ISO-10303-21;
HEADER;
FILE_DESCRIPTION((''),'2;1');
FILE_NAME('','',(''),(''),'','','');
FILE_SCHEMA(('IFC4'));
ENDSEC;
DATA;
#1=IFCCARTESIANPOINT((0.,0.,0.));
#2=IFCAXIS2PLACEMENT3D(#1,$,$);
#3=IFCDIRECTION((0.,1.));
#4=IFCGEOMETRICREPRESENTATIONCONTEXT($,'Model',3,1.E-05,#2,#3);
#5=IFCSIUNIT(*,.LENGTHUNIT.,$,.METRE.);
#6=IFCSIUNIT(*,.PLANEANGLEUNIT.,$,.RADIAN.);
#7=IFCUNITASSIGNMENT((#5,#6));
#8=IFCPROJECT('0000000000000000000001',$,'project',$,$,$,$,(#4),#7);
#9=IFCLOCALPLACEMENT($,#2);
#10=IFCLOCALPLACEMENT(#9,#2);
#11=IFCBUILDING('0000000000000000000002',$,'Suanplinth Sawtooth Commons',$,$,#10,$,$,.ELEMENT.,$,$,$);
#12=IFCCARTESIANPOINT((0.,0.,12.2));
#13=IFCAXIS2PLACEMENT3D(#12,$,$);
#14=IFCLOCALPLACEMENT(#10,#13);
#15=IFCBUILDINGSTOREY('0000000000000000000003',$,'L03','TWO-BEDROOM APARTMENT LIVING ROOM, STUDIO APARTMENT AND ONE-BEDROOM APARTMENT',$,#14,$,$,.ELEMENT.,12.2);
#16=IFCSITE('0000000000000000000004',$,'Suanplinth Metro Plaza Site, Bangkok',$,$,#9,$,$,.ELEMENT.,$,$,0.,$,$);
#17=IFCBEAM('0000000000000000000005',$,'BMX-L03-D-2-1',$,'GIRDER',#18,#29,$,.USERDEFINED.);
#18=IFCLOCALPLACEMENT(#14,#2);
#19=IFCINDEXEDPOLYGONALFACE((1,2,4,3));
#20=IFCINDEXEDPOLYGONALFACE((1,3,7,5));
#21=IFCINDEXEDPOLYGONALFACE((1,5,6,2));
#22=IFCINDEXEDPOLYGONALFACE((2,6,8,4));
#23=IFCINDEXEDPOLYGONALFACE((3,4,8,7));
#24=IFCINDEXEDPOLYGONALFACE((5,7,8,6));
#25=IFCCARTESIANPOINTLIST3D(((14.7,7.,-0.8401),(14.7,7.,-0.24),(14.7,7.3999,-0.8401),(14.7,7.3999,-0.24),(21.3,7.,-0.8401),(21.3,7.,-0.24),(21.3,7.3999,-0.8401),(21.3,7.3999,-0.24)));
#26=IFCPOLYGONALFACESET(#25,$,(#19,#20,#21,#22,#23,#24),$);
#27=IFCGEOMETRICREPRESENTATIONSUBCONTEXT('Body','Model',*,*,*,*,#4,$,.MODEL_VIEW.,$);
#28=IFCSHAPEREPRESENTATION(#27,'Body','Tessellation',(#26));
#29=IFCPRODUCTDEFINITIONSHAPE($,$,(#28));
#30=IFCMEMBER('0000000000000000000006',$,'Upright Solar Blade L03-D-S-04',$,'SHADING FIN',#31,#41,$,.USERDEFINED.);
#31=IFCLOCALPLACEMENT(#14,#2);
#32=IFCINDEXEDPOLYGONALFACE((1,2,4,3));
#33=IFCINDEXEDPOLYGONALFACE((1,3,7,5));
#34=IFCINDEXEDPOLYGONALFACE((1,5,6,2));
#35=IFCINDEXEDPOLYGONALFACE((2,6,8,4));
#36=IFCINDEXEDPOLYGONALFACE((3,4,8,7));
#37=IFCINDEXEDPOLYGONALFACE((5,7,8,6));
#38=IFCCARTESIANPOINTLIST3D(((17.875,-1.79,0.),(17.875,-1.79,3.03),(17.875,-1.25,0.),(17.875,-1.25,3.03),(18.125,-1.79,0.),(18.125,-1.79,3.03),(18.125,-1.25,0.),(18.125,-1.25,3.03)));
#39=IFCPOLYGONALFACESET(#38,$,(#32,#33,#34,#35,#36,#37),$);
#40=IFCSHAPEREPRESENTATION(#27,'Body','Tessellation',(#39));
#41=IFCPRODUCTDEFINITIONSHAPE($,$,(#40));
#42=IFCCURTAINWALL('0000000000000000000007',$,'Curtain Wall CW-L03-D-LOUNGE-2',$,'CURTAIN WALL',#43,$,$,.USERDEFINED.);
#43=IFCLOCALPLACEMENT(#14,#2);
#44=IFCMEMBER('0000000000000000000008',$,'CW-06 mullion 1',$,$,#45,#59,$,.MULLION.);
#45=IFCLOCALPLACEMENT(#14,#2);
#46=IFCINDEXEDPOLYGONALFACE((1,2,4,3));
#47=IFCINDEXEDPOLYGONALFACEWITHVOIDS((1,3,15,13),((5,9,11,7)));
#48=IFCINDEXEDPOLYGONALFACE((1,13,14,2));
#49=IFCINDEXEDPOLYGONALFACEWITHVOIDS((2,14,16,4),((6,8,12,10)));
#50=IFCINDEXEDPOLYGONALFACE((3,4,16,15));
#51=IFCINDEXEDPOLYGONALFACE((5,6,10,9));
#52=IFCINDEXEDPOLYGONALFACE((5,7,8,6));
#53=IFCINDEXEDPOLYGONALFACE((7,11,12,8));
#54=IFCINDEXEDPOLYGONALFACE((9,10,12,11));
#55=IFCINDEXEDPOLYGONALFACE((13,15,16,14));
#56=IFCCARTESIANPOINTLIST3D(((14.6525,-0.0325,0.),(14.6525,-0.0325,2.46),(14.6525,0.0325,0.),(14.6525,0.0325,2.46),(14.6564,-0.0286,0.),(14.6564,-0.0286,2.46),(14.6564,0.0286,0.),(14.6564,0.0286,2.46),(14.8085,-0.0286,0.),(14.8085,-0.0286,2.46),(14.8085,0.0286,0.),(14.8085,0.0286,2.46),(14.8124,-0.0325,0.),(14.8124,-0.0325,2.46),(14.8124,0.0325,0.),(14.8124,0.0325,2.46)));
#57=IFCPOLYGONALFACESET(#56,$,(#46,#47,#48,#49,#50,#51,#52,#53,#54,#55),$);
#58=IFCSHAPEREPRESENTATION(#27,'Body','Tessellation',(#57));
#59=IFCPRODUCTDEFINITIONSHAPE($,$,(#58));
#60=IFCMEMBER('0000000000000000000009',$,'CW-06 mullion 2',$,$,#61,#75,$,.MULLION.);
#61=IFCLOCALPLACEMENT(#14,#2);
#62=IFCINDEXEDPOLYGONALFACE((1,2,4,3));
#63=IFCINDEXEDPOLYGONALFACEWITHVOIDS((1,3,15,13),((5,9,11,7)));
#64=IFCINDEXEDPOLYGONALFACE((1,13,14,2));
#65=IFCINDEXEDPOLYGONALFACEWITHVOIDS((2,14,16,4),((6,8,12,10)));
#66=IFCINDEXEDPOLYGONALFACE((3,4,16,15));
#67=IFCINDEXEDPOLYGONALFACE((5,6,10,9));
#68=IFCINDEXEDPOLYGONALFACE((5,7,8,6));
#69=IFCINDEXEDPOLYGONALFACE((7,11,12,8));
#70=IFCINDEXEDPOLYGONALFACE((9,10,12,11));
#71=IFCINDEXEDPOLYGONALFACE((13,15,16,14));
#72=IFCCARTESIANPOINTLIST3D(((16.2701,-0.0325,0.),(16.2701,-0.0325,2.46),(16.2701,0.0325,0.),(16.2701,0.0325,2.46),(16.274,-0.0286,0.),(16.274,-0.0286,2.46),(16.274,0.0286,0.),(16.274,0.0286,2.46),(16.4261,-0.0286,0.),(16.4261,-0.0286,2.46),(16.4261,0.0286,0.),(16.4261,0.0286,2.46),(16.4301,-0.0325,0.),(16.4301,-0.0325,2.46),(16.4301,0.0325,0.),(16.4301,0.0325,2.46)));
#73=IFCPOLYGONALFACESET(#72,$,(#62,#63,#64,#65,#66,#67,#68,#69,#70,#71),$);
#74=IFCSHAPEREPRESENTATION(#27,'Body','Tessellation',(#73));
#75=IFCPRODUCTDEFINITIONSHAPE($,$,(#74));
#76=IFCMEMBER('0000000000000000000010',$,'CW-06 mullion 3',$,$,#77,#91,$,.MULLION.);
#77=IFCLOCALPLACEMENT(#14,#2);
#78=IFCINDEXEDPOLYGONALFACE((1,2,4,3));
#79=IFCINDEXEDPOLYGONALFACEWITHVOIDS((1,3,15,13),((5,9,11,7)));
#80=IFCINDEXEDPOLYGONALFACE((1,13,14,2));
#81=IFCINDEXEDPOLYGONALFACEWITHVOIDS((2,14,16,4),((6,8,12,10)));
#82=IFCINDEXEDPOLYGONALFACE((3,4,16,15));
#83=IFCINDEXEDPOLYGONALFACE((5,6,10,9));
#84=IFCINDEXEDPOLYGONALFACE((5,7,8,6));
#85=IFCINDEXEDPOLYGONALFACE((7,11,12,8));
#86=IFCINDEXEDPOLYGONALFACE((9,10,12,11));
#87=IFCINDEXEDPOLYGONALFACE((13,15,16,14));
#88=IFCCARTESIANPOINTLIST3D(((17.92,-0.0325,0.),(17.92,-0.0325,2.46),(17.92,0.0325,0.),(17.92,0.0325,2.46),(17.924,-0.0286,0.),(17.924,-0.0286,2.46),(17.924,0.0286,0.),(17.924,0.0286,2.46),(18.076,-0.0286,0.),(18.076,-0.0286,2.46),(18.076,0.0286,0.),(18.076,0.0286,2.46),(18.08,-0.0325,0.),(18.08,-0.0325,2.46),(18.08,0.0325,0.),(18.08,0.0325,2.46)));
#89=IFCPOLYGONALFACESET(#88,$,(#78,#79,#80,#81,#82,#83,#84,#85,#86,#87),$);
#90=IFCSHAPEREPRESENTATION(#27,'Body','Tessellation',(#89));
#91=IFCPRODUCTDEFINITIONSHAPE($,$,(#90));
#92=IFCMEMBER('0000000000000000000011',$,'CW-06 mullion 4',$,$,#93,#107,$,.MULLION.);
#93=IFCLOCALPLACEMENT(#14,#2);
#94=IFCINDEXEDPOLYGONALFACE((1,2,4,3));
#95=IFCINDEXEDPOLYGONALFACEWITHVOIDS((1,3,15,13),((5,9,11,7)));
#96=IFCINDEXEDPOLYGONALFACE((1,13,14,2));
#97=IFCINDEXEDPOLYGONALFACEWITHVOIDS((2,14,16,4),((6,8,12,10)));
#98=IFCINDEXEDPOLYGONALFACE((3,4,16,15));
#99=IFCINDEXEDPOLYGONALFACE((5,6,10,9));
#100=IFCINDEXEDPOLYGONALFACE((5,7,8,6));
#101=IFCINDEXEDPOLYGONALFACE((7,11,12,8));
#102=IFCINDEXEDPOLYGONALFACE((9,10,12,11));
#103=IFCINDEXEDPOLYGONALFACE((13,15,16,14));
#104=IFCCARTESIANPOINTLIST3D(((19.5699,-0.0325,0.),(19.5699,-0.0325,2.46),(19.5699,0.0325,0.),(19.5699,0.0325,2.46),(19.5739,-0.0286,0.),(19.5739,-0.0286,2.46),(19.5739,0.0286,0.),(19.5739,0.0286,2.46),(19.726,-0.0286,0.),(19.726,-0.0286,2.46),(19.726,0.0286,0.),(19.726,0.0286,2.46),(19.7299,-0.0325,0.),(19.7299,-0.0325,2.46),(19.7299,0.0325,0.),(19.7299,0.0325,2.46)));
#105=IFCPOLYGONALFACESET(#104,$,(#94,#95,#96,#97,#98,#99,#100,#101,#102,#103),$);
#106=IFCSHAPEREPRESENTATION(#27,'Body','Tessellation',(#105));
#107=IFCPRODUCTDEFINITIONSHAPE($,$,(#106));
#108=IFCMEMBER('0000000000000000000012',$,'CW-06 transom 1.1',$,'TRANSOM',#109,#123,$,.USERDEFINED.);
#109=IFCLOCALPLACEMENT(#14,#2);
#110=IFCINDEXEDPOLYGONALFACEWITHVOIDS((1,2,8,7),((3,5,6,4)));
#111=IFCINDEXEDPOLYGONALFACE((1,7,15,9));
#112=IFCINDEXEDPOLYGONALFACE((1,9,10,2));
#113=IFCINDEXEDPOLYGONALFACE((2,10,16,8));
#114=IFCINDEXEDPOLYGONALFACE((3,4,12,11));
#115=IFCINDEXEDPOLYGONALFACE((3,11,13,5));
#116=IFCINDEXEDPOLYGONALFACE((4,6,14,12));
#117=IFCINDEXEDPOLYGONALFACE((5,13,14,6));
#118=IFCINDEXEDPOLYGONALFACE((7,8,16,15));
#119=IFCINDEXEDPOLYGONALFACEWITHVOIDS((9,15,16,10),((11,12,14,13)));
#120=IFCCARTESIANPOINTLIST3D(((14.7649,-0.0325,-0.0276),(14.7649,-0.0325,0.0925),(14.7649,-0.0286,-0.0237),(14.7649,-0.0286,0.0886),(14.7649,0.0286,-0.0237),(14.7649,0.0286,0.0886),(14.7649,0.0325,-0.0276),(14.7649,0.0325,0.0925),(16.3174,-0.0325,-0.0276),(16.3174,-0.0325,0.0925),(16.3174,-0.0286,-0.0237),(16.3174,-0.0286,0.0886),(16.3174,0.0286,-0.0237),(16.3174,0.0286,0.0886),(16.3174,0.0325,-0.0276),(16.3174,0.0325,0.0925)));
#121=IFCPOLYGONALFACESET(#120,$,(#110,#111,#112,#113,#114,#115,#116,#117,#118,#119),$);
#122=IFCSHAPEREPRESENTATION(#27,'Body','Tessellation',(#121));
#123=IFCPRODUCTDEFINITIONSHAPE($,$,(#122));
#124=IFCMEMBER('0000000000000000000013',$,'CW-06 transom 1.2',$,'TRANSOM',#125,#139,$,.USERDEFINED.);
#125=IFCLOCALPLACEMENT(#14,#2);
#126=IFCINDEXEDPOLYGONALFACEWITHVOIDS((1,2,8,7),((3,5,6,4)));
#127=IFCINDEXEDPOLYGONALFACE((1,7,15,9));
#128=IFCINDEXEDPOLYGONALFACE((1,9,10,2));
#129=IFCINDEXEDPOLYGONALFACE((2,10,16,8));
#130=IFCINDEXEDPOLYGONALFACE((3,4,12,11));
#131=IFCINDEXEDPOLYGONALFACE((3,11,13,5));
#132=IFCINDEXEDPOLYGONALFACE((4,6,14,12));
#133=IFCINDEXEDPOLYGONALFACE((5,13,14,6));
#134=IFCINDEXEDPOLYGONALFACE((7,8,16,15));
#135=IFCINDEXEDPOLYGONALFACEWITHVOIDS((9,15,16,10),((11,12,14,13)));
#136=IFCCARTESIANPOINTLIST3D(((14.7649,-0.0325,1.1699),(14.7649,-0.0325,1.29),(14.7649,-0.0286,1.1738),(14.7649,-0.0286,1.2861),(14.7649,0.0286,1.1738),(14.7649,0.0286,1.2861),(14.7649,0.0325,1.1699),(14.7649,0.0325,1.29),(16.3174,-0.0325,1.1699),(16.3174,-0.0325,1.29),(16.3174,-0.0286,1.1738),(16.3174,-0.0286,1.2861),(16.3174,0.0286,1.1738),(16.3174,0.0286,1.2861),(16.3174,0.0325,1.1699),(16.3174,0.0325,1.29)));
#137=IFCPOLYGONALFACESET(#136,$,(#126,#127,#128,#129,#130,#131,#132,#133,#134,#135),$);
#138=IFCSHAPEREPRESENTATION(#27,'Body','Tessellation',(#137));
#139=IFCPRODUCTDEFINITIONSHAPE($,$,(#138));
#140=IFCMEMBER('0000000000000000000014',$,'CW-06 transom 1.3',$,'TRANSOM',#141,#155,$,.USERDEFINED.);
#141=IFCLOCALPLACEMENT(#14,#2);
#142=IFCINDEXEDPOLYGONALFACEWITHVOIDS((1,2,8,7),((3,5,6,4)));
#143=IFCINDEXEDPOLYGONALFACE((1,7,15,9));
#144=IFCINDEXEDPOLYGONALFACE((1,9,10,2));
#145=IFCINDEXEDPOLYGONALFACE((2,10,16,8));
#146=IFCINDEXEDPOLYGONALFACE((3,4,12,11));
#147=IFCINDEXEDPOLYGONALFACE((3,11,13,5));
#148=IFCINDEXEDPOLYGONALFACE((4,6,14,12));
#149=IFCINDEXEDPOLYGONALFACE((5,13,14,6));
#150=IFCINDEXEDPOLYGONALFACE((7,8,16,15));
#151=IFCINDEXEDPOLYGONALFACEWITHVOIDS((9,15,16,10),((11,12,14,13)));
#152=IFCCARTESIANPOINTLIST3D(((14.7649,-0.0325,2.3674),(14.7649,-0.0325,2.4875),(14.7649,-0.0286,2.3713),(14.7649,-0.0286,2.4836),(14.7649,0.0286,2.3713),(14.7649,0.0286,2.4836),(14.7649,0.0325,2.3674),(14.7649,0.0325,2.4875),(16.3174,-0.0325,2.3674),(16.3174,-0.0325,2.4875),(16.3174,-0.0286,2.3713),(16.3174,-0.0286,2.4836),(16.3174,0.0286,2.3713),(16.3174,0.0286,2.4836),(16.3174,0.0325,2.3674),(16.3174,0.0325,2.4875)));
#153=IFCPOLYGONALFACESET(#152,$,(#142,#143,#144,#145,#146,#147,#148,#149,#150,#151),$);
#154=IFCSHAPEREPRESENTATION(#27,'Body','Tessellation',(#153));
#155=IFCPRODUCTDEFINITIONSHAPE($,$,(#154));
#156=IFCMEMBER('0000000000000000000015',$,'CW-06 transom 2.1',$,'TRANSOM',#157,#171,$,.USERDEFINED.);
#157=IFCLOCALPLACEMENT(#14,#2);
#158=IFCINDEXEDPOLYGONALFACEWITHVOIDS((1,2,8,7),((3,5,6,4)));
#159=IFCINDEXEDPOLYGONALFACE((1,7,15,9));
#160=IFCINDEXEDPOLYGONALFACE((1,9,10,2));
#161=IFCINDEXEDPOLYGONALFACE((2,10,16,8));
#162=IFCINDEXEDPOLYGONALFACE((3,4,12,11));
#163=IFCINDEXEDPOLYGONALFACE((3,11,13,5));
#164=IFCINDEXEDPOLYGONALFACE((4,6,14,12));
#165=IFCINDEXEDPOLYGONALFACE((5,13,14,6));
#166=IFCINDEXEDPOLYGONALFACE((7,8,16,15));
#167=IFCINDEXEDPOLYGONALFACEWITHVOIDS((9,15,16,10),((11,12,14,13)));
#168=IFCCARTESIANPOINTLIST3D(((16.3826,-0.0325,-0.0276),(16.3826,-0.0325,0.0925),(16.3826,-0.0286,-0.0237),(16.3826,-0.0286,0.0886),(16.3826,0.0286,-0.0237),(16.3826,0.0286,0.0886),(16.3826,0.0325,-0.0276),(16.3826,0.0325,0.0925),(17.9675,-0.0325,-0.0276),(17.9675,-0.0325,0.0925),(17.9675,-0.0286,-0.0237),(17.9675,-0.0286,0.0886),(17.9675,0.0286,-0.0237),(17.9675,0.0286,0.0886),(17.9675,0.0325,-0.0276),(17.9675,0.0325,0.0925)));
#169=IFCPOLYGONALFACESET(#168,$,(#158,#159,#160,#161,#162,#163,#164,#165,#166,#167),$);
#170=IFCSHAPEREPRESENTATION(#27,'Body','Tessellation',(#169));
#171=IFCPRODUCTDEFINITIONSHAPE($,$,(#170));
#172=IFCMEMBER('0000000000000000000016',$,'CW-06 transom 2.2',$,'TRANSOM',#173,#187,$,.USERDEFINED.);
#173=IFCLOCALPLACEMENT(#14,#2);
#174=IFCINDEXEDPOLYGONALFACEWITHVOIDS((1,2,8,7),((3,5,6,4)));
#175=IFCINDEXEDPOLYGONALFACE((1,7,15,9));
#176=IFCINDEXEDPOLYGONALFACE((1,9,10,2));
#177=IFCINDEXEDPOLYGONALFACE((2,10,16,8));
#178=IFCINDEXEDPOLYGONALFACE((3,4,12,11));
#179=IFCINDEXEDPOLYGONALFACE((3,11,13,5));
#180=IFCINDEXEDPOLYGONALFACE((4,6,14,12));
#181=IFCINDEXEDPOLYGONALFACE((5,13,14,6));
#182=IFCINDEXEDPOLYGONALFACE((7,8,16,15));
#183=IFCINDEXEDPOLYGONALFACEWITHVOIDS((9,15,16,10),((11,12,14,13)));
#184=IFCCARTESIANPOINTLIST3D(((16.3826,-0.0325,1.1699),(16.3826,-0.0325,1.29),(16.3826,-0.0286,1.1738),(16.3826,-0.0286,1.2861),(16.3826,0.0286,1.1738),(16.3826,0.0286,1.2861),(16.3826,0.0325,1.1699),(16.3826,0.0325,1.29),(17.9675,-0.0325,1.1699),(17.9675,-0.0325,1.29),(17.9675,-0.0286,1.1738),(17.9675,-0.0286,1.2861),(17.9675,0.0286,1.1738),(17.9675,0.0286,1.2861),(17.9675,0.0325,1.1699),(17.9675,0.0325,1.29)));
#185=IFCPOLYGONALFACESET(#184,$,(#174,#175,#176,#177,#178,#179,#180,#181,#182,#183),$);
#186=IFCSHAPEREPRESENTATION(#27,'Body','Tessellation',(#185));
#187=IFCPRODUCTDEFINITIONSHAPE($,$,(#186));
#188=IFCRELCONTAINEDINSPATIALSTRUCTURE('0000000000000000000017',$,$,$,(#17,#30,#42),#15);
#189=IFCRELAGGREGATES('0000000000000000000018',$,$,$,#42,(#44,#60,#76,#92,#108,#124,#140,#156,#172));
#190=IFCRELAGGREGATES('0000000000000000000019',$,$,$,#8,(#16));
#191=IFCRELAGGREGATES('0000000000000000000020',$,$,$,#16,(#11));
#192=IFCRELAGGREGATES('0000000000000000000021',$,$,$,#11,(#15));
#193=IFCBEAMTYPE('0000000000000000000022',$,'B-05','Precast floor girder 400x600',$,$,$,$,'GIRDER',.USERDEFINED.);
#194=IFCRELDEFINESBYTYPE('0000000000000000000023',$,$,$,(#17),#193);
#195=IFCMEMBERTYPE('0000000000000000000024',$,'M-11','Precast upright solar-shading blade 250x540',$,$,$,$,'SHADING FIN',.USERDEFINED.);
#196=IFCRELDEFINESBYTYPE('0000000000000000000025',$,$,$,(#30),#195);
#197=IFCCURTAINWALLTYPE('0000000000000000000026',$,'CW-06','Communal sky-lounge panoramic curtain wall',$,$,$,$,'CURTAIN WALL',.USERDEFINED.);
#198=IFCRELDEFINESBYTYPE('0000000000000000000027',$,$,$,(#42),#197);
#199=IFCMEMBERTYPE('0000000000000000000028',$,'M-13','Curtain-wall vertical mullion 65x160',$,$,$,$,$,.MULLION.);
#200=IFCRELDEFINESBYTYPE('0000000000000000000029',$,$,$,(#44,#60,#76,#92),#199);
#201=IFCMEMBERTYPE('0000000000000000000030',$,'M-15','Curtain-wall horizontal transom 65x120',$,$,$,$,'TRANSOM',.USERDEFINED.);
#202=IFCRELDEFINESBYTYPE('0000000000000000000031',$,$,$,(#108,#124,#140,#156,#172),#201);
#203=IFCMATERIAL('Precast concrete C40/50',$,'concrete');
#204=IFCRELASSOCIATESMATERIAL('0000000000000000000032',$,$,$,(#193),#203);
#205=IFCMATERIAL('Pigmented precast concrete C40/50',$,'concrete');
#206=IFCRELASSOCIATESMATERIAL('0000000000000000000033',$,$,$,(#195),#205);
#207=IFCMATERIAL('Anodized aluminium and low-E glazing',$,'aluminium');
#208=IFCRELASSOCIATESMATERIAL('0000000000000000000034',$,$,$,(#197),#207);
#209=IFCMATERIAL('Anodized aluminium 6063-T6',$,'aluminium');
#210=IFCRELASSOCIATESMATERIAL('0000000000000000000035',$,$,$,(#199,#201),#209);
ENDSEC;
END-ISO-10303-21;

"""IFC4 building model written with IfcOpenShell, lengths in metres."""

from ifc_helpers import new_model, si_unit, direction, frame, origin, origin_2d, place, context, subcontext, project, spatial, rectangle, hollow_rectangle, extrude, material, material_profile, profile_set, type_object, element, aggregate, save


model = new_model("IFC4")

# Units and contexts
model_context = context("Model", 3, precision=1e-05, world=origin(), true_north=direction((0.0, 1.0)))
body_context = subcontext(model_context, "Body", "Model", "MODEL_VIEW")
ifc_project = project(units=[si_unit("LENGTHUNIT", "METRE"), si_unit("PLANEANGLEUNIT", "RADIAN")], contexts=[model_context])

# Site, building, storey
site_placement = place(None, origin())
site = spatial("IfcSite", under=ifc_project, at=site_placement, Name="Suanplinth Metro Plaza Site, Bangkok", CompositionType="ELEMENT", RefElevation=0.0)
building_placement = place(site_placement, origin())
building = spatial("IfcBuilding", under=site, at=building_placement, Name="Suanplinth Sawtooth Commons", CompositionType="ELEMENT")
storey_placement = place(building_placement, frame((0.0, 0.0, 12.2)))
storey = spatial("IfcBuildingStorey", under=building, at=storey_placement, Name="L03", Description="TWO-BEDROOM APARTMENT LIVING ROOM, STUDIO APARTMENT AND ONE-BEDROOM APARTMENT", CompositionType="ELEMENT", Elevation=12.2)

# Beam
ifc_material_1 = material(Name="Precast concrete C40/50", Category="concrete")
ifc_material_profile_1 = material_profile(ifc_material_1, rectangle(XDim=0.3999, YDim=0.6001, at=origin_2d()), Name="PC-GDR 400x600")
ifc_profile_set_1 = profile_set([ifc_material_profile_1], Name="Precast concrete C40/50")
beam_type = type_object("IfcBeamType", Name="B-05", Description="Precast floor girder 400x600", ElementType="GIRDER", PredefinedType="USERDEFINED", material=ifc_profile_set_1)
beam_placement = place(storey_placement, frame((14.7, 7.2, -0.54), z_axis=(1.0, 0.0, 0.0), x_axis=(0.0, 1.0, 0.0)))
element("IfcBeam", 1, at=beam_placement, inside=storey, type_object=beam_type, Name="BMX-L03-D-2-1", ObjectType="GIRDER", PredefinedType="USERDEFINED", context=body_context, shape_type="SweptSolid", body=[
    extrude(rectangle(XDim=0.3999, YDim=0.6001, at=origin_2d()), origin(), (0.0, 0.0, 1.0), 6.6001),
])

# Member
ifc_material_2 = material(Name="Pigmented precast concrete C40/50", Category="concrete")
ifc_material_profile_2 = material_profile(ifc_material_2, rectangle(XDim=0.25, YDim=0.54, at=origin_2d()), Name="PC-FIN 250x540")
ifc_profile_set_2 = profile_set([ifc_material_profile_2], Name="Pigmented precast concrete C40/50")
member_type_1 = type_object("IfcMemberType", Name="M-11", Description="Precast upright solar-shading blade 250x540", ElementType="SHADING FIN", PredefinedType="USERDEFINED", material=ifc_profile_set_2)
member_1_placement = place(storey_placement, frame((18.0, -1.52, 0.0), z_axis=(0.0, 0.0, 1.0), x_axis=(1.0, 0.0, 0.0)))
element("IfcMember", 2, at=member_1_placement, inside=storey, type_object=member_type_1, Name="Upright Solar Blade L03-D-S-04", ObjectType="SHADING FIN", PredefinedType="USERDEFINED", context=body_context, shape_type="SweptSolid", body=[
    extrude(rectangle(XDim=0.25, YDim=0.54, at=origin_2d()), origin(), (0.0, 0.0, 1.0), 3.03),
])

# Curtain wall, members
ifc_material_3 = material(Name="Anodized aluminium and low-E glazing", Category="aluminium")
curtain_wall_type = type_object("IfcCurtainWallType", Name="CW-06", Description="Communal sky-lounge panoramic curtain wall", ElementType="CURTAIN WALL", PredefinedType="USERDEFINED", material=ifc_material_3)
curtain_wall_placement = place(storey_placement, origin())
curtain_wall = element("IfcCurtainWall", 3, at=curtain_wall_placement, inside=storey, type_object=curtain_wall_type, Name="Curtain Wall CW-L03-D-LOUNGE-2", ObjectType="CURTAIN WALL", PredefinedType="USERDEFINED")
ifc_material_4 = material(Name="Anodized aluminium 6063-T6", Category="aluminium")
ifc_material_profile_3 = material_profile(ifc_material_4, hollow_rectangle(XDim=0.0649, YDim=0.1599, WallThickness=0.0039, at=origin_2d()), Name="ALU-MUL 65x160")
ifc_profile_set_3 = profile_set([ifc_material_profile_3], Name="Anodized aluminium 6063-T6")
member_type_2 = type_object("IfcMemberType", Name="M-13", Description="Curtain-wall vertical mullion 65x160", PredefinedType="MULLION", material=ifc_profile_set_3)
member_2_placement = place(storey_placement, frame((14.7324, 0.0, 0.0), z_axis=(0.0, 0.0, 1.0), x_axis=(0.0, 1.0, 0.0)))
member_2 = element("IfcMember", 4, at=member_2_placement, type_object=member_type_2, Name="CW-06 mullion 1", PredefinedType="MULLION", context=body_context, shape_type="SweptSolid", body=[
    extrude(hollow_rectangle(XDim=0.0649, YDim=0.1599, WallThickness=0.0039, at=origin_2d()), origin(), (0.0, 0.0, 1.0), 2.46),
])
member_3_placement = place(storey_placement, frame((16.3501, 0.0, 0.0), z_axis=(0.0, 0.0, 1.0), x_axis=(0.0, 1.0, 0.0)))
member_3 = element("IfcMember", 5, at=member_3_placement, type_object=member_type_2, Name="CW-06 mullion 2", PredefinedType="MULLION", context=body_context, shape_type="SweptSolid", body=[
    extrude(hollow_rectangle(XDim=0.0649, YDim=0.1599, WallThickness=0.0039, at=origin_2d()), origin(), (0.0, 0.0, 1.0), 2.46),
])
member_4_placement = place(storey_placement, frame((18.0, 0.0, 0.0), z_axis=(0.0, 0.0, 1.0), x_axis=(0.0, 1.0, 0.0)))
member_4 = element("IfcMember", 6, at=member_4_placement, type_object=member_type_2, Name="CW-06 mullion 3", PredefinedType="MULLION", context=body_context, shape_type="SweptSolid", body=[
    extrude(hollow_rectangle(XDim=0.0649, YDim=0.1599, WallThickness=0.0039, at=origin_2d()), origin(), (0.0, 0.0, 1.0), 2.46),
])
member_5_placement = place(storey_placement, frame((19.6499, 0.0, 0.0), z_axis=(0.0, 0.0, 1.0), x_axis=(0.0, 1.0, 0.0)))
member_5 = element("IfcMember", 7, at=member_5_placement, type_object=member_type_2, Name="CW-06 mullion 4", PredefinedType="MULLION", context=body_context, shape_type="SweptSolid", body=[
    extrude(hollow_rectangle(XDim=0.0649, YDim=0.1599, WallThickness=0.0039, at=origin_2d()), origin(), (0.0, 0.0, 1.0), 2.46),
])
ifc_material_profile_4 = material_profile(ifc_material_4, hollow_rectangle(XDim=0.0649, YDim=0.1201, WallThickness=0.0039, at=origin_2d()), Name="ALU-TRN 65x120")
ifc_profile_set_4 = profile_set([ifc_material_profile_4], Name="Anodized aluminium 6063-T6")
member_type_3 = type_object("IfcMemberType", Name="M-15", Description="Curtain-wall horizontal transom 65x120", ElementType="TRANSOM", PredefinedType="USERDEFINED", material=ifc_profile_set_4)
member_6_placement = place(storey_placement, frame((14.7649, 0.0, 0.0325), z_axis=(1.0, 0.0, 0.0), x_axis=(0.0, 1.0, 0.0)))
member_6 = element("IfcMember", 8, at=member_6_placement, type_object=member_type_3, Name="CW-06 transom 1.1", ObjectType="TRANSOM", PredefinedType="USERDEFINED", context=body_context, shape_type="SweptSolid", body=[
    extrude(hollow_rectangle(XDim=0.0649, YDim=0.1201, WallThickness=0.0039, at=origin_2d()), origin(), (0.0, 0.0, 1.0), 1.5525),
])
member_7_placement = place(storey_placement, frame((14.7649, 0.0, 1.23), z_axis=(1.0, 0.0, 0.0), x_axis=(0.0, 1.0, 0.0)))
member_7 = element("IfcMember", 9, at=member_7_placement, type_object=member_type_3, Name="CW-06 transom 1.2", ObjectType="TRANSOM", PredefinedType="USERDEFINED", context=body_context, shape_type="SweptSolid", body=[
    extrude(hollow_rectangle(XDim=0.0649, YDim=0.1201, WallThickness=0.0039, at=origin_2d()), origin(), (0.0, 0.0, 1.0), 1.5525),
])
member_8_placement = place(storey_placement, frame((14.7649, 0.0, 2.4275), z_axis=(1.0, 0.0, 0.0), x_axis=(0.0, 1.0, 0.0)))
member_8 = element("IfcMember", 10, at=member_8_placement, type_object=member_type_3, Name="CW-06 transom 1.3", ObjectType="TRANSOM", PredefinedType="USERDEFINED", context=body_context, shape_type="SweptSolid", body=[
    extrude(hollow_rectangle(XDim=0.0649, YDim=0.1201, WallThickness=0.0039, at=origin_2d()), origin(), (0.0, 0.0, 1.0), 1.5525),
])
member_9_placement = place(storey_placement, frame((16.3826, 0.0, 0.0325), z_axis=(1.0, 0.0, 0.0), x_axis=(0.0, 1.0, 0.0)))
member_9 = element("IfcMember", 11, at=member_9_placement, type_object=member_type_3, Name="CW-06 transom 2.1", ObjectType="TRANSOM", PredefinedType="USERDEFINED", context=body_context, shape_type="SweptSolid", body=[
    extrude(hollow_rectangle(XDim=0.0649, YDim=0.1201, WallThickness=0.0039, at=origin_2d()), origin(), (0.0, 0.0, 1.0), 1.585),
])
member_10_placement = place(storey_placement, frame((16.3826, 0.0, 1.23), z_axis=(1.0, 0.0, 0.0), x_axis=(0.0, 1.0, 0.0)))
member_10 = element("IfcMember", 12, at=member_10_placement, type_object=member_type_3, Name="CW-06 transom 2.2", ObjectType="TRANSOM", PredefinedType="USERDEFINED", context=body_context, shape_type="SweptSolid", body=[
    extrude(hollow_rectangle(XDim=0.0649, YDim=0.1201, WallThickness=0.0039, at=origin_2d()), origin(), (0.0, 0.0, 1.0), 1.585),
])
aggregate(curtain_wall, [member_2, member_3, member_4, member_5, member_6, member_7, member_8, member_9, member_10])

save(model, "model.ifc")
